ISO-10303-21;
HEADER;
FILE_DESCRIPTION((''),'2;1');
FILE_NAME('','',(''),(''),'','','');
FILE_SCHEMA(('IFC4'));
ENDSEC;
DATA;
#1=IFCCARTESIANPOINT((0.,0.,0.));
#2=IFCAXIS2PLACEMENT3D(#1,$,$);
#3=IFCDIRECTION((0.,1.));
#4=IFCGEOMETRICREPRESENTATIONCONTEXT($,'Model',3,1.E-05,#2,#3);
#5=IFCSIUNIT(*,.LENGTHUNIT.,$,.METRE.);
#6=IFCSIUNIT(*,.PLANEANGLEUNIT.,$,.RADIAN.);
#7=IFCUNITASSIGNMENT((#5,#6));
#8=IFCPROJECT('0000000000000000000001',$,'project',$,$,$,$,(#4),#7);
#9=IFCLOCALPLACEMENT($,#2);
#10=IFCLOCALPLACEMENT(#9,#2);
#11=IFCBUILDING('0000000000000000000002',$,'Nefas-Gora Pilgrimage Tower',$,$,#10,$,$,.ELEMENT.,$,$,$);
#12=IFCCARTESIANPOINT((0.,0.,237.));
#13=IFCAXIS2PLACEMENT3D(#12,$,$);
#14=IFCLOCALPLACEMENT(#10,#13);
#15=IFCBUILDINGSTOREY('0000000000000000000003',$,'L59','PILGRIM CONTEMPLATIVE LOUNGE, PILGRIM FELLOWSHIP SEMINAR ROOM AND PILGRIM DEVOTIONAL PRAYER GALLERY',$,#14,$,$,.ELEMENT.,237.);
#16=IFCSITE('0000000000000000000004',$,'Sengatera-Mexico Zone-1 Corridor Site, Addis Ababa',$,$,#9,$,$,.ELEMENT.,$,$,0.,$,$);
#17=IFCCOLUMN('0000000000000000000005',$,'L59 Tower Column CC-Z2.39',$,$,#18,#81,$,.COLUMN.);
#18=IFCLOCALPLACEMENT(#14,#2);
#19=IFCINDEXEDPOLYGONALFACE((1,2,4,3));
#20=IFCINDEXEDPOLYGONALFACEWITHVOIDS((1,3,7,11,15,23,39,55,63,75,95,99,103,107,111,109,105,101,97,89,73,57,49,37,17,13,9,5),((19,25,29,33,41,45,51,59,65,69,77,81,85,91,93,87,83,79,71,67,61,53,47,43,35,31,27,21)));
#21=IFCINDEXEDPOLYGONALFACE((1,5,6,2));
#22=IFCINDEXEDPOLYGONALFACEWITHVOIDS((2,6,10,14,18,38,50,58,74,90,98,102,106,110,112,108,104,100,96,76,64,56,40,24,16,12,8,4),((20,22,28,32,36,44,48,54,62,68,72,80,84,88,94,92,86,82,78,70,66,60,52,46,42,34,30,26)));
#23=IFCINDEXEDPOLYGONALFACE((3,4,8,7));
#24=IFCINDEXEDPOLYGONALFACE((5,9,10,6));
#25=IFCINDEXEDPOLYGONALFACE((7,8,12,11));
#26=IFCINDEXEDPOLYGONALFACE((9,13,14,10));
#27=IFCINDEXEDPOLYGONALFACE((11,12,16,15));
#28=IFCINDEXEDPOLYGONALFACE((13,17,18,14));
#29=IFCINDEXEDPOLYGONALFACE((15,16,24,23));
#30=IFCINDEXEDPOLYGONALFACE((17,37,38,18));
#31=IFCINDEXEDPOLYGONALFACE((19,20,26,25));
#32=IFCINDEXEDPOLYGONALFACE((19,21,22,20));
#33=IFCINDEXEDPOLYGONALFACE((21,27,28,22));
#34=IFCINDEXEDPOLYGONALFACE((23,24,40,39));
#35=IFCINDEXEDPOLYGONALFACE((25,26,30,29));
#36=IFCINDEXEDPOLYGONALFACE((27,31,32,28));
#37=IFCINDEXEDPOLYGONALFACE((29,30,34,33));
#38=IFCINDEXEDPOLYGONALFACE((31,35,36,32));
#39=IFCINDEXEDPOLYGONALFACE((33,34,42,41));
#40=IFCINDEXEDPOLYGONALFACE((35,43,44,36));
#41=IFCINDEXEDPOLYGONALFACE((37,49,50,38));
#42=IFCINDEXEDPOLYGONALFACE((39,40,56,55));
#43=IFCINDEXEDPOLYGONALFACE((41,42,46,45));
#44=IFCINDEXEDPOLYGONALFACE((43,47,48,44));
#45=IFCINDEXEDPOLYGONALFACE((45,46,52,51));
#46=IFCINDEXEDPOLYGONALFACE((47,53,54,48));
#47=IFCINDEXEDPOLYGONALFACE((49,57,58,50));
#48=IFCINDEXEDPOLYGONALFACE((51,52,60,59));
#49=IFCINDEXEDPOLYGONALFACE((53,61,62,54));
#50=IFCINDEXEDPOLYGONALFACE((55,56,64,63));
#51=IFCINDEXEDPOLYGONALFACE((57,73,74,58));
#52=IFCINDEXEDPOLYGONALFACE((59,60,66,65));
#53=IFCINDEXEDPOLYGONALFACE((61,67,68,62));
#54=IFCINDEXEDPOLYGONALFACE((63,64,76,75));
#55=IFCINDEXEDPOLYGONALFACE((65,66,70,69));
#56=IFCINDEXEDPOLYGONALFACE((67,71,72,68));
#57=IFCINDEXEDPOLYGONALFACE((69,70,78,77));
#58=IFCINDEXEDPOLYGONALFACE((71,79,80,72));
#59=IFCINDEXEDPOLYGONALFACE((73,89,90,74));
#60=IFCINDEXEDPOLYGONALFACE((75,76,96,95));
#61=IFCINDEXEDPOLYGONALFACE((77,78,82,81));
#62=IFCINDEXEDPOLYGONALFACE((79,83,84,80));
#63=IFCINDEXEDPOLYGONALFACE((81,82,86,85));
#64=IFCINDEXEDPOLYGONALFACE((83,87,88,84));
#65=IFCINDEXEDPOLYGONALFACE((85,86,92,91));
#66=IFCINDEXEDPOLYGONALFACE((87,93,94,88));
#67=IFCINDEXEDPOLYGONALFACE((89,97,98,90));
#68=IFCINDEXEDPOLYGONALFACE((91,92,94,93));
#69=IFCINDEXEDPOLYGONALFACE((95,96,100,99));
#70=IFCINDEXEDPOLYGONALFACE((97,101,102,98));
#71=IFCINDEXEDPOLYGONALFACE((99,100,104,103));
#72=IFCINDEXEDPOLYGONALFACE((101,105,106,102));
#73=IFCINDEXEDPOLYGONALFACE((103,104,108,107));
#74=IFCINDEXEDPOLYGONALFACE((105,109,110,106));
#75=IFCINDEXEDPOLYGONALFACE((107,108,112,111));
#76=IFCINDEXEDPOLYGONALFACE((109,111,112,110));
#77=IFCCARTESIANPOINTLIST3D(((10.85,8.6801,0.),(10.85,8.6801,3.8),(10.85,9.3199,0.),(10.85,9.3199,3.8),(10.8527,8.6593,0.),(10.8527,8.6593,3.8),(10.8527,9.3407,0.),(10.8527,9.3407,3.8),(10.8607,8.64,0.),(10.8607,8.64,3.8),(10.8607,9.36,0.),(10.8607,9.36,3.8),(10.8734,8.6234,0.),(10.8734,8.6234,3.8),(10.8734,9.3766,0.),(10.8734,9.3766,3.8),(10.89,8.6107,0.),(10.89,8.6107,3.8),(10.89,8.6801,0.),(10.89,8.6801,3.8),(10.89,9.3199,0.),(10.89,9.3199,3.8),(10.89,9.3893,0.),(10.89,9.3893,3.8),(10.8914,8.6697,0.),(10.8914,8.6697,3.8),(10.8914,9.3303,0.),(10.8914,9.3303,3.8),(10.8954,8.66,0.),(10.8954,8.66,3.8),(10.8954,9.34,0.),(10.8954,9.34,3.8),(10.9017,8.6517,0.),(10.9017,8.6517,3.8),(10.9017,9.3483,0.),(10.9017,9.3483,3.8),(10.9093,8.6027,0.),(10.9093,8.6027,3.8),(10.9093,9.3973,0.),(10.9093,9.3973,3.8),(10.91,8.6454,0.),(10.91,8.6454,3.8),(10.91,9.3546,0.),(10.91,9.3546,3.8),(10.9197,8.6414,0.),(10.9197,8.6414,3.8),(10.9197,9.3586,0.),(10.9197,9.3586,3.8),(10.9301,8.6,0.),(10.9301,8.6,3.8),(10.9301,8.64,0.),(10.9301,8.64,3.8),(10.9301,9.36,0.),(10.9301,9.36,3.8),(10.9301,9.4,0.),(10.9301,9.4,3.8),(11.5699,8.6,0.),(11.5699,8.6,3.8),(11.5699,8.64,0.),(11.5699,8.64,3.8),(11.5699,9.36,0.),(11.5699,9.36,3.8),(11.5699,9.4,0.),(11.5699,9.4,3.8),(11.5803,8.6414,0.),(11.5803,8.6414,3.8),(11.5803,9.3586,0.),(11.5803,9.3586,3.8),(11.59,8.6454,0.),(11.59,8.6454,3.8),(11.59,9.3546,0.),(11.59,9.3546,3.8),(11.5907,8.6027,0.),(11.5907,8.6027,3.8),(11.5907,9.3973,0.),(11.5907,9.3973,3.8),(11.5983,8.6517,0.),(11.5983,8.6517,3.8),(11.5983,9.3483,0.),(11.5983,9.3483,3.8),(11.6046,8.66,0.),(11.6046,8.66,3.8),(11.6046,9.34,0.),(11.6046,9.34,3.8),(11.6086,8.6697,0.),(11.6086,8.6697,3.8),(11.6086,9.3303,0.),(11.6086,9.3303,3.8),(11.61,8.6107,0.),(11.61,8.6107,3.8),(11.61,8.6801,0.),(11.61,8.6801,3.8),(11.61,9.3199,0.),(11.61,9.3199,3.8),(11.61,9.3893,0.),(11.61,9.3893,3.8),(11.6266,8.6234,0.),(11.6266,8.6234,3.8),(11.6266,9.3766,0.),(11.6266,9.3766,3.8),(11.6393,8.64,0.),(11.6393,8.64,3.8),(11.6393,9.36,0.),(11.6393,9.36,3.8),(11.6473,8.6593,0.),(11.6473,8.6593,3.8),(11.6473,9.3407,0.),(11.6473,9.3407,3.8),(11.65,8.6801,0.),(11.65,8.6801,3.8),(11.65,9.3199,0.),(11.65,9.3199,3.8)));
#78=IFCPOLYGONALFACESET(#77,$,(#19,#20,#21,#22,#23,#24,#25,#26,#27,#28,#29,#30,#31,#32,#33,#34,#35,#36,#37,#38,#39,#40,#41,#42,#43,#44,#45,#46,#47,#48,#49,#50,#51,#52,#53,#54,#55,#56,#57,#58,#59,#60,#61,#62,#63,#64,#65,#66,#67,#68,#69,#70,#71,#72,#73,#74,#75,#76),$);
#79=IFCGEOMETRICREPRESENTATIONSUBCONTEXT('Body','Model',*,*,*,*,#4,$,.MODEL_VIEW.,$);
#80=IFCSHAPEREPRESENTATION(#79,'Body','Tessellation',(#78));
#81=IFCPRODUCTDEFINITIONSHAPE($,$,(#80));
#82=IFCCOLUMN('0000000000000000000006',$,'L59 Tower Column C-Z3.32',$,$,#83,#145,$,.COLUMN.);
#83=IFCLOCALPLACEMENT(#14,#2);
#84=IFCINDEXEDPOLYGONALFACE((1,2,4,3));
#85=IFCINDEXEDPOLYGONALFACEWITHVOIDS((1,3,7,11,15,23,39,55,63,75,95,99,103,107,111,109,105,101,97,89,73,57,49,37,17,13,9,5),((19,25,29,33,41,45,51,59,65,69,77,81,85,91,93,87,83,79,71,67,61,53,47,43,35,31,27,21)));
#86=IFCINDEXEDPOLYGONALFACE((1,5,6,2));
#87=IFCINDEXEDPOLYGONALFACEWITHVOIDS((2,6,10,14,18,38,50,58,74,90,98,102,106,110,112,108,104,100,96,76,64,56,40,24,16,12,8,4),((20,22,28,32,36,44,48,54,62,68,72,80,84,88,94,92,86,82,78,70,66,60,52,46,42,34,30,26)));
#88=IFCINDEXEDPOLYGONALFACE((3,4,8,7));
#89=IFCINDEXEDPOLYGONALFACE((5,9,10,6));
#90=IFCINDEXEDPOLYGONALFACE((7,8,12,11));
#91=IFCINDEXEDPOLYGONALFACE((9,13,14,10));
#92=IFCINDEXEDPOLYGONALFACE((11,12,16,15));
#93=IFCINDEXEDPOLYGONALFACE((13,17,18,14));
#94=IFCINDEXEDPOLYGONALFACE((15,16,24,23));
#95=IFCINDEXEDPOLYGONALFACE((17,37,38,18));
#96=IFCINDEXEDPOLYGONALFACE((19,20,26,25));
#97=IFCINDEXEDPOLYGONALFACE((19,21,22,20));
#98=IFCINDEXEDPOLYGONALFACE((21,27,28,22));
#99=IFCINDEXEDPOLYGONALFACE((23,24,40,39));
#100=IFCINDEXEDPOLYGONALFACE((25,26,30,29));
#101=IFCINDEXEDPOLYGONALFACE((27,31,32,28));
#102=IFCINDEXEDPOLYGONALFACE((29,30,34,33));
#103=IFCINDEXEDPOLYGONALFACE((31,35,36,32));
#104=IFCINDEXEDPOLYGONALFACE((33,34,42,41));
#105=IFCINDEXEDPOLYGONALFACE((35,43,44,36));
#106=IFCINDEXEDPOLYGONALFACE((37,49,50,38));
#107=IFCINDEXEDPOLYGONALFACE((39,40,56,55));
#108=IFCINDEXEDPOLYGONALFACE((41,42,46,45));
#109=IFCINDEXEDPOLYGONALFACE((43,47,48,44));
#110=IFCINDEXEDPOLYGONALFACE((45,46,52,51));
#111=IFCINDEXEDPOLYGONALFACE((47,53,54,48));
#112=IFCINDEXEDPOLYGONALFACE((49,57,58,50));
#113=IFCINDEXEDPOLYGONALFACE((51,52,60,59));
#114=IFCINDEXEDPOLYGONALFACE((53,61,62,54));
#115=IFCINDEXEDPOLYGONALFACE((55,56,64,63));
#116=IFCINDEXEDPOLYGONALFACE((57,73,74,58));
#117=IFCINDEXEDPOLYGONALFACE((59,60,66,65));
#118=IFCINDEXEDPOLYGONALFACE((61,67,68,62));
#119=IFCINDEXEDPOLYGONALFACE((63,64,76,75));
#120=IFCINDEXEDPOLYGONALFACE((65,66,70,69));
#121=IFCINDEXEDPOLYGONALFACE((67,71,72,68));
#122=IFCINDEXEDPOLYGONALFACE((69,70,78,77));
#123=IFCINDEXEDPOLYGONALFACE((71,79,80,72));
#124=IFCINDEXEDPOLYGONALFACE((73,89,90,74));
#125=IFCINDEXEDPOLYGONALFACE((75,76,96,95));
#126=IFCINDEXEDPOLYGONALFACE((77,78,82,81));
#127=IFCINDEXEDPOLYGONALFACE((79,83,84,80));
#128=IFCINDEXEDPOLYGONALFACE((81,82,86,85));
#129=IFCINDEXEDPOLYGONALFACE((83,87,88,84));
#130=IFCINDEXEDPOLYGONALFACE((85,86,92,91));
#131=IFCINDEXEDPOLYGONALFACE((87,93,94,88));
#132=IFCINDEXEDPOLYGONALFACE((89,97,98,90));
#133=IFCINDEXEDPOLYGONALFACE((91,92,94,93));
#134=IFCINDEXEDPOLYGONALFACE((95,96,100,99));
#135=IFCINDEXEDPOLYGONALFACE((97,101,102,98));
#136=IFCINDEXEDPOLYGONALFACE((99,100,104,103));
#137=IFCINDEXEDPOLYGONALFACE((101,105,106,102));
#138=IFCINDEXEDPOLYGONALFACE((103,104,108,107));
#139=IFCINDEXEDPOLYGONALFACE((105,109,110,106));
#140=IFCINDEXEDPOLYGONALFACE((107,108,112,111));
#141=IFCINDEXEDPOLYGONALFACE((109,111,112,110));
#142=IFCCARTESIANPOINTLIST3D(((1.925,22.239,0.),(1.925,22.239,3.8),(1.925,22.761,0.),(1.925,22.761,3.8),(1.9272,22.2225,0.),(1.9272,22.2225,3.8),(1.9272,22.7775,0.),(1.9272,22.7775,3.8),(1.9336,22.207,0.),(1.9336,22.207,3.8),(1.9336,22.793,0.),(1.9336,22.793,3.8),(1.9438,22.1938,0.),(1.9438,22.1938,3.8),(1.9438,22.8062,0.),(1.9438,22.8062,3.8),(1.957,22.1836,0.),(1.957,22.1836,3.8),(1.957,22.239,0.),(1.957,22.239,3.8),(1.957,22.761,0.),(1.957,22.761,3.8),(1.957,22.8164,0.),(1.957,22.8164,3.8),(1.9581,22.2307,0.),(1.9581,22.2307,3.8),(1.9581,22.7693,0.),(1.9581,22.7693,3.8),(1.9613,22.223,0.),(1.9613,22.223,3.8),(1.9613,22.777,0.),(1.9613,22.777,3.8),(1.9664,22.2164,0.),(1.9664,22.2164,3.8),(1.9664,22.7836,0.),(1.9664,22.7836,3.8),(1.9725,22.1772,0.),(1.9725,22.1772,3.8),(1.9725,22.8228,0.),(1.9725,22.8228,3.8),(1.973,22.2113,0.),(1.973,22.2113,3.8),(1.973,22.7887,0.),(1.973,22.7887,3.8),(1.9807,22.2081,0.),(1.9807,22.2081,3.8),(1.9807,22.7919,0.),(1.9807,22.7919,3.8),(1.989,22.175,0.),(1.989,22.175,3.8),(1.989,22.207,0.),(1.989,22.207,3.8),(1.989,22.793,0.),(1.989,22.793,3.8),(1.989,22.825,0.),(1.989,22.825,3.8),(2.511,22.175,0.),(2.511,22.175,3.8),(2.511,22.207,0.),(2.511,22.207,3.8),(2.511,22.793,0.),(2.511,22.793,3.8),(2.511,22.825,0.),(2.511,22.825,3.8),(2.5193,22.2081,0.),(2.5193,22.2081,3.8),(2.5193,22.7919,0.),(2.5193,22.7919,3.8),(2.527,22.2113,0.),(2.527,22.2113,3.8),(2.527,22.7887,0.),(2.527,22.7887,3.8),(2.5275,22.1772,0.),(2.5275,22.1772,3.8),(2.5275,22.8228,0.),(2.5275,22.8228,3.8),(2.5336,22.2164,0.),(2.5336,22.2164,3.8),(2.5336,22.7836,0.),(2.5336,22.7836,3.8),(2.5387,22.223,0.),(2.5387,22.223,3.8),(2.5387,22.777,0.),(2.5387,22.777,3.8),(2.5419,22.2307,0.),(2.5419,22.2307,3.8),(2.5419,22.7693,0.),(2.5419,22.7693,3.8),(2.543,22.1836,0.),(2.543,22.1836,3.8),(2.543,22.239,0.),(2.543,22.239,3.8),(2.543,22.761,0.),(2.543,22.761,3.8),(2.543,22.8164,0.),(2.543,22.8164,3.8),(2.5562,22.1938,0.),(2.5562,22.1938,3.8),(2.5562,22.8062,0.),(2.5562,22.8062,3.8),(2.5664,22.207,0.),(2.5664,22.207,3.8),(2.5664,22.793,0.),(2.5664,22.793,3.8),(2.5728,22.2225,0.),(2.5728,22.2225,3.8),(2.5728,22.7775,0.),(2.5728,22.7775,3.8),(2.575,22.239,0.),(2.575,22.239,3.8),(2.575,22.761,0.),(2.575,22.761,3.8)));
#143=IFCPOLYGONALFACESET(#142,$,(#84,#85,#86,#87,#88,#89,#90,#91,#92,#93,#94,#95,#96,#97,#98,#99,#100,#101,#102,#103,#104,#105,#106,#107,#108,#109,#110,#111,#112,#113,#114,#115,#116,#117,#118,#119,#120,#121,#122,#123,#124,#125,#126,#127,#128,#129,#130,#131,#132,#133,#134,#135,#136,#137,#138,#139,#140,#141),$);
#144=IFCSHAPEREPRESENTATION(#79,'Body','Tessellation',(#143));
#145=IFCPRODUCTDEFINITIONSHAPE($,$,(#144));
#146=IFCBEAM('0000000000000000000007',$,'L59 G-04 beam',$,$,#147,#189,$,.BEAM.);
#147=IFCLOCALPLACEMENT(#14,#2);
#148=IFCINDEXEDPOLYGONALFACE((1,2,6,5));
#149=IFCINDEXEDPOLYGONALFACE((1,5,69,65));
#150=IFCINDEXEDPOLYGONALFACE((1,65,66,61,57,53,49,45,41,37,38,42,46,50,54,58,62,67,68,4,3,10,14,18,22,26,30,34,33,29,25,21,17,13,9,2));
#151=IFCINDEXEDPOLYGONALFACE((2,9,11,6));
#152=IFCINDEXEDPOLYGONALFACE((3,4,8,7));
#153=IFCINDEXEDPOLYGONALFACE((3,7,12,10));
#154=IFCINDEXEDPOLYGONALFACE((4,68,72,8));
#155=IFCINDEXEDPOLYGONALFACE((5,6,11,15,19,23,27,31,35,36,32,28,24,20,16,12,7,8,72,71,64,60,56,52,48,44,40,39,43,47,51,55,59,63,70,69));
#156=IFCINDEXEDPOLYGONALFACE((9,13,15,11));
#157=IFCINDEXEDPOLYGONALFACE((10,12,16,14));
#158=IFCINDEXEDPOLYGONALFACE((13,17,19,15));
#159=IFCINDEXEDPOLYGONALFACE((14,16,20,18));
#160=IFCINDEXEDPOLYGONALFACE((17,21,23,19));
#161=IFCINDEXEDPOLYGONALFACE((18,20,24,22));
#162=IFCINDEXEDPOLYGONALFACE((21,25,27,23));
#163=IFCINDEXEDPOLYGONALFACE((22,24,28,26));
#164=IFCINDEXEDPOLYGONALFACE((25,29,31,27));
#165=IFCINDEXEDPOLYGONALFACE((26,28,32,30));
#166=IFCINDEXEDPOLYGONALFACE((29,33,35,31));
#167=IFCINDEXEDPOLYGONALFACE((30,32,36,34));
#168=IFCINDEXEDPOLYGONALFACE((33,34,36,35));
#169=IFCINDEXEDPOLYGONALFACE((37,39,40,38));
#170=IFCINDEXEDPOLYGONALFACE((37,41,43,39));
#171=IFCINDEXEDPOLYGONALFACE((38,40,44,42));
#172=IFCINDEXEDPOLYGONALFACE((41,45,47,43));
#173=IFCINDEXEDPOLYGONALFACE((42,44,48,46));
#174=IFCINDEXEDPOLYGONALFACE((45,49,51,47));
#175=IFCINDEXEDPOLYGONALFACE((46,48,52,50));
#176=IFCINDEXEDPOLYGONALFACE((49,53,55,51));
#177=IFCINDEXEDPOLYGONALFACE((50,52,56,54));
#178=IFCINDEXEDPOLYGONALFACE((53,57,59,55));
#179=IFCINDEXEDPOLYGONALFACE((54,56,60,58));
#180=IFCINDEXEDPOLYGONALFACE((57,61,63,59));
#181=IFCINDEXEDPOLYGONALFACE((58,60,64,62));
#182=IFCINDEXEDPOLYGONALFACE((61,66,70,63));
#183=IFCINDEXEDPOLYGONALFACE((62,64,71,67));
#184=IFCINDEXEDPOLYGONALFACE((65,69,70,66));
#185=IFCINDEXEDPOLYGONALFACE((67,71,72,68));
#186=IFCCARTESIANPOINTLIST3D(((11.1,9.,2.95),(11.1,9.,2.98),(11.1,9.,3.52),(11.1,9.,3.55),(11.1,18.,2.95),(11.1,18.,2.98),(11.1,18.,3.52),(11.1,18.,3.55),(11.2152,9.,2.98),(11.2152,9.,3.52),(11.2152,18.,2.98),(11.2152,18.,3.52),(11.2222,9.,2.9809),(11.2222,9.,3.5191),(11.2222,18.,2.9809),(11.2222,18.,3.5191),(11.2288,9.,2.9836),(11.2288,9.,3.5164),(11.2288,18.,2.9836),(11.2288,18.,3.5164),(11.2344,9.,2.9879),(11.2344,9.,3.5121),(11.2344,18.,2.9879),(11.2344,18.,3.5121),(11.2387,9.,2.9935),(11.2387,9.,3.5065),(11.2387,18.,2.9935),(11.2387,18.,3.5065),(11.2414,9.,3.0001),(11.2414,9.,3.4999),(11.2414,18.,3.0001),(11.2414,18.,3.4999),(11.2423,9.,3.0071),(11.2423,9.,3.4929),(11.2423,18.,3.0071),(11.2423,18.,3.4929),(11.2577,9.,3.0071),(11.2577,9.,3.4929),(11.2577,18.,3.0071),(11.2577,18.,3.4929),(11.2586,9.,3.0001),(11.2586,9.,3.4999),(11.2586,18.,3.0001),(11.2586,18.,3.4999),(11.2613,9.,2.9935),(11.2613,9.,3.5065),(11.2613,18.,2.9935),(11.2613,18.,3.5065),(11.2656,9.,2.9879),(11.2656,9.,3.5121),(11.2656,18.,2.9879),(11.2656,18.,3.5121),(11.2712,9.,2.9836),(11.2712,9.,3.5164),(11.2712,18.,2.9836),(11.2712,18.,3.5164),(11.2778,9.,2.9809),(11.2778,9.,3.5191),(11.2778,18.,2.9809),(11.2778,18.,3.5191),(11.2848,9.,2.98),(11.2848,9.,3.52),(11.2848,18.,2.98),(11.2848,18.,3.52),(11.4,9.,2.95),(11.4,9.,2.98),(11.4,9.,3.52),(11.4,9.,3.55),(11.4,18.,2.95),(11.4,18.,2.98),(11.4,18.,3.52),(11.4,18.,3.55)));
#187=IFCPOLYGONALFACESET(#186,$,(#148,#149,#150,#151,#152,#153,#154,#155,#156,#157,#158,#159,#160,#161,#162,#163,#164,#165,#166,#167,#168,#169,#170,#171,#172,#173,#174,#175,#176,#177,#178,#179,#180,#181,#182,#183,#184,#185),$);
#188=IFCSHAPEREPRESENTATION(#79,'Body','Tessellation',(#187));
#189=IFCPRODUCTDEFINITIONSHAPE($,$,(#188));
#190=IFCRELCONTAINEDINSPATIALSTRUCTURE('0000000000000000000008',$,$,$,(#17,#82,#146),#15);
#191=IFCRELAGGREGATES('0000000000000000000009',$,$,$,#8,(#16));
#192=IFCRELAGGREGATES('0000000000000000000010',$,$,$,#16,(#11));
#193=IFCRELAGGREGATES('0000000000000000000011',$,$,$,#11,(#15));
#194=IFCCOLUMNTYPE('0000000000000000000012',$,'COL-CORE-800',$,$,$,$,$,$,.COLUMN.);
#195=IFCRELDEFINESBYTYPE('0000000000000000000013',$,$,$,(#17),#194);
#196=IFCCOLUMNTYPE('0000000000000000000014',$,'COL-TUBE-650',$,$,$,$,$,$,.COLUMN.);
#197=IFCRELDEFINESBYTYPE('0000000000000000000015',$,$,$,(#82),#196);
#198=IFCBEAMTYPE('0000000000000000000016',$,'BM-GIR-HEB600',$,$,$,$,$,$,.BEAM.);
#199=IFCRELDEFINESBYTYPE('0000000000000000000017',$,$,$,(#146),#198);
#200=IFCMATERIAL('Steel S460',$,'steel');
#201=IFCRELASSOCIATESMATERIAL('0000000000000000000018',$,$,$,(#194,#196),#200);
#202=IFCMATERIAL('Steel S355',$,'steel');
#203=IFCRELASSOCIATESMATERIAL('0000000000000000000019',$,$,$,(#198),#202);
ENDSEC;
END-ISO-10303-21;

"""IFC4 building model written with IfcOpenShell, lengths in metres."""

from ifc_helpers import new_model, si_unit, direction, frame, origin, origin_2d, place, context, subcontext, project, spatial, hollow_rectangle, i_section, extrude, source, transform, mapped, material, material_profile, profile_set, type_object, element, save


model = new_model("IFC4")

# Units and contexts
model_context = context("Model", 3, precision=1e-05, world=origin(), true_north=direction((0.0, 1.0)))
body_context = subcontext(model_context, "Body", "Model", "MODEL_VIEW")
ifc_project = project(units=[si_unit("LENGTHUNIT", "METRE"), si_unit("PLANEANGLEUNIT", "RADIAN")], contexts=[model_context])

# Site, building, storey
site_placement = place(None, origin())
site = spatial("IfcSite", under=ifc_project, at=site_placement, Name="Sengatera-Mexico Zone-1 Corridor Site, Addis Ababa", CompositionType="ELEMENT", RefElevation=0.0)
building_placement = place(site_placement, origin())
building = spatial("IfcBuilding", under=site, at=building_placement, Name="Nefas-Gora Pilgrimage Tower", CompositionType="ELEMENT")
storey_placement = place(building_placement, frame((0.0, 0.0, 237.0)))
storey = spatial("IfcBuildingStorey", under=building, at=storey_placement, Name="L59", Description="PILGRIM CONTEMPLATIVE LOUNGE, PILGRIM FELLOWSHIP SEMINAR ROOM AND PILGRIM DEVOTIONAL PRAYER GALLERY", CompositionType="ELEMENT", Elevation=237.0)

# Columns
ifc_material_1 = material(Name="Steel S460", Category="steel")
ifc_material_profile_1 = material_profile(ifc_material_1, hollow_rectangle(XDim=0.8, YDim=0.8, WallThickness=0.04, InnerFilletRadius=0.04, OuterFilletRadius=0.0801, at=origin_2d()), Name="BOX 800x800x40")
ifc_profile_set_1 = profile_set([ifc_material_profile_1], Name="Steel S460")
column_type_1 = type_object("IfcColumnType", Name="COL-CORE-800", PredefinedType="COLUMN", material=ifc_profile_set_1)
shared_shape_1 = source(origin(), body_context, "Body", "SweptSolid", [
    extrude(hollow_rectangle(XDim=0.8, YDim=0.8, WallThickness=0.04, InnerFilletRadius=0.04, OuterFilletRadius=0.0801, at=origin_2d()), origin(), (0.0, 0.0, 1.0), 3.8),
])
column_1_placement = place(storey_placement, frame((11.25, 9.0, 0.0), z_axis=(0.0, 0.0, 1.0), x_axis=(1.0, 0.0, 0.0)))
element("IfcColumn", 1, at=column_1_placement, inside=storey, type_object=column_type_1, Name="L59 Tower Column CC-Z2.39", PredefinedType="COLUMN", context=body_context, shape_type="MappedRepresentation", body=[
    mapped(shared_shape_1, transform((0.0, 0.0, 0.0), x_axis=(1.0, 0.0, 0.0), y_axis=(0.0, 1.0, 0.0), z_axis=(0.0, 0.0, 1.0), scale=1.0)),
])
ifc_material_profile_2 = material_profile(ifc_material_1, hollow_rectangle(XDim=0.6499, YDim=0.6499, WallThickness=0.032, InnerFilletRadius=0.032, OuterFilletRadius=0.064, at=origin_2d()), Name="BOX 650x650x32")
ifc_profile_set_2 = profile_set([ifc_material_profile_2], Name="Steel S460")
column_type_2 = type_object("IfcColumnType", Name="COL-TUBE-650", PredefinedType="COLUMN", material=ifc_profile_set_2)
shared_shape_2 = source(origin(), body_context, "Body", "SweptSolid", [
    extrude(hollow_rectangle(XDim=0.6499, YDim=0.6499, WallThickness=0.032, InnerFilletRadius=0.032, OuterFilletRadius=0.064, at=origin_2d()), origin(), (0.0, 0.0, 1.0), 3.8),
])
column_2_placement = place(storey_placement, frame((2.25, 22.5, 0.0), z_axis=(0.0, 0.0, 1.0), x_axis=(1.0, 0.0, 0.0)))
element("IfcColumn", 2, at=column_2_placement, inside=storey, type_object=column_type_2, Name="L59 Tower Column C-Z3.32", PredefinedType="COLUMN", context=body_context, shape_type="MappedRepresentation", body=[
    mapped(shared_shape_2, transform((0.0, 0.0, 0.0), x_axis=(1.0, 0.0, 0.0), y_axis=(0.0, 1.0, 0.0), z_axis=(0.0, 0.0, 1.0), scale=1.0)),
])

# Beam
ifc_material_2 = material(Name="Steel S355", Category="steel")
ifc_material_profile_3 = material_profile(ifc_material_2, i_section(OverallWidth=0.3, OverallDepth=0.6001, WebThickness=0.0154, FlangeThickness=0.03, FilletRadius=0.0271, at=origin_2d()), Name="HEB 600")
ifc_profile_set_3 = profile_set([ifc_material_profile_3], Name="Steel S355")
beam_type = type_object("IfcBeamType", Name="BM-GIR-HEB600", PredefinedType="BEAM", material=ifc_profile_set_3)
shared_shape_3 = source(origin(), body_context, "Body", "SweptSolid", [
    extrude(i_section(OverallWidth=0.3, OverallDepth=0.6001, WebThickness=0.0154, FlangeThickness=0.03, FilletRadius=0.0271, at=origin_2d()), origin(), (0.0, 0.0, 1.0), 9.0),
])
beam_placement = place(storey_placement, frame((11.25, 9.0, 3.25), z_axis=(0.0, 1.0, 0.0), x_axis=(-1.0, 0.0, 0.0)))
element("IfcBeam", 3, at=beam_placement, inside=storey, type_object=beam_type, Name="L59 G-04 beam", PredefinedType="BEAM", context=body_context, shape_type="MappedRepresentation", body=[
    mapped(shared_shape_3, transform((0.0, 0.0, 0.0), x_axis=(1.0, 0.0, 0.0), y_axis=(0.0, 1.0, 0.0), z_axis=(0.0, 0.0, 1.0), scale=1.0)),
])

save(model, "model.ifc")
